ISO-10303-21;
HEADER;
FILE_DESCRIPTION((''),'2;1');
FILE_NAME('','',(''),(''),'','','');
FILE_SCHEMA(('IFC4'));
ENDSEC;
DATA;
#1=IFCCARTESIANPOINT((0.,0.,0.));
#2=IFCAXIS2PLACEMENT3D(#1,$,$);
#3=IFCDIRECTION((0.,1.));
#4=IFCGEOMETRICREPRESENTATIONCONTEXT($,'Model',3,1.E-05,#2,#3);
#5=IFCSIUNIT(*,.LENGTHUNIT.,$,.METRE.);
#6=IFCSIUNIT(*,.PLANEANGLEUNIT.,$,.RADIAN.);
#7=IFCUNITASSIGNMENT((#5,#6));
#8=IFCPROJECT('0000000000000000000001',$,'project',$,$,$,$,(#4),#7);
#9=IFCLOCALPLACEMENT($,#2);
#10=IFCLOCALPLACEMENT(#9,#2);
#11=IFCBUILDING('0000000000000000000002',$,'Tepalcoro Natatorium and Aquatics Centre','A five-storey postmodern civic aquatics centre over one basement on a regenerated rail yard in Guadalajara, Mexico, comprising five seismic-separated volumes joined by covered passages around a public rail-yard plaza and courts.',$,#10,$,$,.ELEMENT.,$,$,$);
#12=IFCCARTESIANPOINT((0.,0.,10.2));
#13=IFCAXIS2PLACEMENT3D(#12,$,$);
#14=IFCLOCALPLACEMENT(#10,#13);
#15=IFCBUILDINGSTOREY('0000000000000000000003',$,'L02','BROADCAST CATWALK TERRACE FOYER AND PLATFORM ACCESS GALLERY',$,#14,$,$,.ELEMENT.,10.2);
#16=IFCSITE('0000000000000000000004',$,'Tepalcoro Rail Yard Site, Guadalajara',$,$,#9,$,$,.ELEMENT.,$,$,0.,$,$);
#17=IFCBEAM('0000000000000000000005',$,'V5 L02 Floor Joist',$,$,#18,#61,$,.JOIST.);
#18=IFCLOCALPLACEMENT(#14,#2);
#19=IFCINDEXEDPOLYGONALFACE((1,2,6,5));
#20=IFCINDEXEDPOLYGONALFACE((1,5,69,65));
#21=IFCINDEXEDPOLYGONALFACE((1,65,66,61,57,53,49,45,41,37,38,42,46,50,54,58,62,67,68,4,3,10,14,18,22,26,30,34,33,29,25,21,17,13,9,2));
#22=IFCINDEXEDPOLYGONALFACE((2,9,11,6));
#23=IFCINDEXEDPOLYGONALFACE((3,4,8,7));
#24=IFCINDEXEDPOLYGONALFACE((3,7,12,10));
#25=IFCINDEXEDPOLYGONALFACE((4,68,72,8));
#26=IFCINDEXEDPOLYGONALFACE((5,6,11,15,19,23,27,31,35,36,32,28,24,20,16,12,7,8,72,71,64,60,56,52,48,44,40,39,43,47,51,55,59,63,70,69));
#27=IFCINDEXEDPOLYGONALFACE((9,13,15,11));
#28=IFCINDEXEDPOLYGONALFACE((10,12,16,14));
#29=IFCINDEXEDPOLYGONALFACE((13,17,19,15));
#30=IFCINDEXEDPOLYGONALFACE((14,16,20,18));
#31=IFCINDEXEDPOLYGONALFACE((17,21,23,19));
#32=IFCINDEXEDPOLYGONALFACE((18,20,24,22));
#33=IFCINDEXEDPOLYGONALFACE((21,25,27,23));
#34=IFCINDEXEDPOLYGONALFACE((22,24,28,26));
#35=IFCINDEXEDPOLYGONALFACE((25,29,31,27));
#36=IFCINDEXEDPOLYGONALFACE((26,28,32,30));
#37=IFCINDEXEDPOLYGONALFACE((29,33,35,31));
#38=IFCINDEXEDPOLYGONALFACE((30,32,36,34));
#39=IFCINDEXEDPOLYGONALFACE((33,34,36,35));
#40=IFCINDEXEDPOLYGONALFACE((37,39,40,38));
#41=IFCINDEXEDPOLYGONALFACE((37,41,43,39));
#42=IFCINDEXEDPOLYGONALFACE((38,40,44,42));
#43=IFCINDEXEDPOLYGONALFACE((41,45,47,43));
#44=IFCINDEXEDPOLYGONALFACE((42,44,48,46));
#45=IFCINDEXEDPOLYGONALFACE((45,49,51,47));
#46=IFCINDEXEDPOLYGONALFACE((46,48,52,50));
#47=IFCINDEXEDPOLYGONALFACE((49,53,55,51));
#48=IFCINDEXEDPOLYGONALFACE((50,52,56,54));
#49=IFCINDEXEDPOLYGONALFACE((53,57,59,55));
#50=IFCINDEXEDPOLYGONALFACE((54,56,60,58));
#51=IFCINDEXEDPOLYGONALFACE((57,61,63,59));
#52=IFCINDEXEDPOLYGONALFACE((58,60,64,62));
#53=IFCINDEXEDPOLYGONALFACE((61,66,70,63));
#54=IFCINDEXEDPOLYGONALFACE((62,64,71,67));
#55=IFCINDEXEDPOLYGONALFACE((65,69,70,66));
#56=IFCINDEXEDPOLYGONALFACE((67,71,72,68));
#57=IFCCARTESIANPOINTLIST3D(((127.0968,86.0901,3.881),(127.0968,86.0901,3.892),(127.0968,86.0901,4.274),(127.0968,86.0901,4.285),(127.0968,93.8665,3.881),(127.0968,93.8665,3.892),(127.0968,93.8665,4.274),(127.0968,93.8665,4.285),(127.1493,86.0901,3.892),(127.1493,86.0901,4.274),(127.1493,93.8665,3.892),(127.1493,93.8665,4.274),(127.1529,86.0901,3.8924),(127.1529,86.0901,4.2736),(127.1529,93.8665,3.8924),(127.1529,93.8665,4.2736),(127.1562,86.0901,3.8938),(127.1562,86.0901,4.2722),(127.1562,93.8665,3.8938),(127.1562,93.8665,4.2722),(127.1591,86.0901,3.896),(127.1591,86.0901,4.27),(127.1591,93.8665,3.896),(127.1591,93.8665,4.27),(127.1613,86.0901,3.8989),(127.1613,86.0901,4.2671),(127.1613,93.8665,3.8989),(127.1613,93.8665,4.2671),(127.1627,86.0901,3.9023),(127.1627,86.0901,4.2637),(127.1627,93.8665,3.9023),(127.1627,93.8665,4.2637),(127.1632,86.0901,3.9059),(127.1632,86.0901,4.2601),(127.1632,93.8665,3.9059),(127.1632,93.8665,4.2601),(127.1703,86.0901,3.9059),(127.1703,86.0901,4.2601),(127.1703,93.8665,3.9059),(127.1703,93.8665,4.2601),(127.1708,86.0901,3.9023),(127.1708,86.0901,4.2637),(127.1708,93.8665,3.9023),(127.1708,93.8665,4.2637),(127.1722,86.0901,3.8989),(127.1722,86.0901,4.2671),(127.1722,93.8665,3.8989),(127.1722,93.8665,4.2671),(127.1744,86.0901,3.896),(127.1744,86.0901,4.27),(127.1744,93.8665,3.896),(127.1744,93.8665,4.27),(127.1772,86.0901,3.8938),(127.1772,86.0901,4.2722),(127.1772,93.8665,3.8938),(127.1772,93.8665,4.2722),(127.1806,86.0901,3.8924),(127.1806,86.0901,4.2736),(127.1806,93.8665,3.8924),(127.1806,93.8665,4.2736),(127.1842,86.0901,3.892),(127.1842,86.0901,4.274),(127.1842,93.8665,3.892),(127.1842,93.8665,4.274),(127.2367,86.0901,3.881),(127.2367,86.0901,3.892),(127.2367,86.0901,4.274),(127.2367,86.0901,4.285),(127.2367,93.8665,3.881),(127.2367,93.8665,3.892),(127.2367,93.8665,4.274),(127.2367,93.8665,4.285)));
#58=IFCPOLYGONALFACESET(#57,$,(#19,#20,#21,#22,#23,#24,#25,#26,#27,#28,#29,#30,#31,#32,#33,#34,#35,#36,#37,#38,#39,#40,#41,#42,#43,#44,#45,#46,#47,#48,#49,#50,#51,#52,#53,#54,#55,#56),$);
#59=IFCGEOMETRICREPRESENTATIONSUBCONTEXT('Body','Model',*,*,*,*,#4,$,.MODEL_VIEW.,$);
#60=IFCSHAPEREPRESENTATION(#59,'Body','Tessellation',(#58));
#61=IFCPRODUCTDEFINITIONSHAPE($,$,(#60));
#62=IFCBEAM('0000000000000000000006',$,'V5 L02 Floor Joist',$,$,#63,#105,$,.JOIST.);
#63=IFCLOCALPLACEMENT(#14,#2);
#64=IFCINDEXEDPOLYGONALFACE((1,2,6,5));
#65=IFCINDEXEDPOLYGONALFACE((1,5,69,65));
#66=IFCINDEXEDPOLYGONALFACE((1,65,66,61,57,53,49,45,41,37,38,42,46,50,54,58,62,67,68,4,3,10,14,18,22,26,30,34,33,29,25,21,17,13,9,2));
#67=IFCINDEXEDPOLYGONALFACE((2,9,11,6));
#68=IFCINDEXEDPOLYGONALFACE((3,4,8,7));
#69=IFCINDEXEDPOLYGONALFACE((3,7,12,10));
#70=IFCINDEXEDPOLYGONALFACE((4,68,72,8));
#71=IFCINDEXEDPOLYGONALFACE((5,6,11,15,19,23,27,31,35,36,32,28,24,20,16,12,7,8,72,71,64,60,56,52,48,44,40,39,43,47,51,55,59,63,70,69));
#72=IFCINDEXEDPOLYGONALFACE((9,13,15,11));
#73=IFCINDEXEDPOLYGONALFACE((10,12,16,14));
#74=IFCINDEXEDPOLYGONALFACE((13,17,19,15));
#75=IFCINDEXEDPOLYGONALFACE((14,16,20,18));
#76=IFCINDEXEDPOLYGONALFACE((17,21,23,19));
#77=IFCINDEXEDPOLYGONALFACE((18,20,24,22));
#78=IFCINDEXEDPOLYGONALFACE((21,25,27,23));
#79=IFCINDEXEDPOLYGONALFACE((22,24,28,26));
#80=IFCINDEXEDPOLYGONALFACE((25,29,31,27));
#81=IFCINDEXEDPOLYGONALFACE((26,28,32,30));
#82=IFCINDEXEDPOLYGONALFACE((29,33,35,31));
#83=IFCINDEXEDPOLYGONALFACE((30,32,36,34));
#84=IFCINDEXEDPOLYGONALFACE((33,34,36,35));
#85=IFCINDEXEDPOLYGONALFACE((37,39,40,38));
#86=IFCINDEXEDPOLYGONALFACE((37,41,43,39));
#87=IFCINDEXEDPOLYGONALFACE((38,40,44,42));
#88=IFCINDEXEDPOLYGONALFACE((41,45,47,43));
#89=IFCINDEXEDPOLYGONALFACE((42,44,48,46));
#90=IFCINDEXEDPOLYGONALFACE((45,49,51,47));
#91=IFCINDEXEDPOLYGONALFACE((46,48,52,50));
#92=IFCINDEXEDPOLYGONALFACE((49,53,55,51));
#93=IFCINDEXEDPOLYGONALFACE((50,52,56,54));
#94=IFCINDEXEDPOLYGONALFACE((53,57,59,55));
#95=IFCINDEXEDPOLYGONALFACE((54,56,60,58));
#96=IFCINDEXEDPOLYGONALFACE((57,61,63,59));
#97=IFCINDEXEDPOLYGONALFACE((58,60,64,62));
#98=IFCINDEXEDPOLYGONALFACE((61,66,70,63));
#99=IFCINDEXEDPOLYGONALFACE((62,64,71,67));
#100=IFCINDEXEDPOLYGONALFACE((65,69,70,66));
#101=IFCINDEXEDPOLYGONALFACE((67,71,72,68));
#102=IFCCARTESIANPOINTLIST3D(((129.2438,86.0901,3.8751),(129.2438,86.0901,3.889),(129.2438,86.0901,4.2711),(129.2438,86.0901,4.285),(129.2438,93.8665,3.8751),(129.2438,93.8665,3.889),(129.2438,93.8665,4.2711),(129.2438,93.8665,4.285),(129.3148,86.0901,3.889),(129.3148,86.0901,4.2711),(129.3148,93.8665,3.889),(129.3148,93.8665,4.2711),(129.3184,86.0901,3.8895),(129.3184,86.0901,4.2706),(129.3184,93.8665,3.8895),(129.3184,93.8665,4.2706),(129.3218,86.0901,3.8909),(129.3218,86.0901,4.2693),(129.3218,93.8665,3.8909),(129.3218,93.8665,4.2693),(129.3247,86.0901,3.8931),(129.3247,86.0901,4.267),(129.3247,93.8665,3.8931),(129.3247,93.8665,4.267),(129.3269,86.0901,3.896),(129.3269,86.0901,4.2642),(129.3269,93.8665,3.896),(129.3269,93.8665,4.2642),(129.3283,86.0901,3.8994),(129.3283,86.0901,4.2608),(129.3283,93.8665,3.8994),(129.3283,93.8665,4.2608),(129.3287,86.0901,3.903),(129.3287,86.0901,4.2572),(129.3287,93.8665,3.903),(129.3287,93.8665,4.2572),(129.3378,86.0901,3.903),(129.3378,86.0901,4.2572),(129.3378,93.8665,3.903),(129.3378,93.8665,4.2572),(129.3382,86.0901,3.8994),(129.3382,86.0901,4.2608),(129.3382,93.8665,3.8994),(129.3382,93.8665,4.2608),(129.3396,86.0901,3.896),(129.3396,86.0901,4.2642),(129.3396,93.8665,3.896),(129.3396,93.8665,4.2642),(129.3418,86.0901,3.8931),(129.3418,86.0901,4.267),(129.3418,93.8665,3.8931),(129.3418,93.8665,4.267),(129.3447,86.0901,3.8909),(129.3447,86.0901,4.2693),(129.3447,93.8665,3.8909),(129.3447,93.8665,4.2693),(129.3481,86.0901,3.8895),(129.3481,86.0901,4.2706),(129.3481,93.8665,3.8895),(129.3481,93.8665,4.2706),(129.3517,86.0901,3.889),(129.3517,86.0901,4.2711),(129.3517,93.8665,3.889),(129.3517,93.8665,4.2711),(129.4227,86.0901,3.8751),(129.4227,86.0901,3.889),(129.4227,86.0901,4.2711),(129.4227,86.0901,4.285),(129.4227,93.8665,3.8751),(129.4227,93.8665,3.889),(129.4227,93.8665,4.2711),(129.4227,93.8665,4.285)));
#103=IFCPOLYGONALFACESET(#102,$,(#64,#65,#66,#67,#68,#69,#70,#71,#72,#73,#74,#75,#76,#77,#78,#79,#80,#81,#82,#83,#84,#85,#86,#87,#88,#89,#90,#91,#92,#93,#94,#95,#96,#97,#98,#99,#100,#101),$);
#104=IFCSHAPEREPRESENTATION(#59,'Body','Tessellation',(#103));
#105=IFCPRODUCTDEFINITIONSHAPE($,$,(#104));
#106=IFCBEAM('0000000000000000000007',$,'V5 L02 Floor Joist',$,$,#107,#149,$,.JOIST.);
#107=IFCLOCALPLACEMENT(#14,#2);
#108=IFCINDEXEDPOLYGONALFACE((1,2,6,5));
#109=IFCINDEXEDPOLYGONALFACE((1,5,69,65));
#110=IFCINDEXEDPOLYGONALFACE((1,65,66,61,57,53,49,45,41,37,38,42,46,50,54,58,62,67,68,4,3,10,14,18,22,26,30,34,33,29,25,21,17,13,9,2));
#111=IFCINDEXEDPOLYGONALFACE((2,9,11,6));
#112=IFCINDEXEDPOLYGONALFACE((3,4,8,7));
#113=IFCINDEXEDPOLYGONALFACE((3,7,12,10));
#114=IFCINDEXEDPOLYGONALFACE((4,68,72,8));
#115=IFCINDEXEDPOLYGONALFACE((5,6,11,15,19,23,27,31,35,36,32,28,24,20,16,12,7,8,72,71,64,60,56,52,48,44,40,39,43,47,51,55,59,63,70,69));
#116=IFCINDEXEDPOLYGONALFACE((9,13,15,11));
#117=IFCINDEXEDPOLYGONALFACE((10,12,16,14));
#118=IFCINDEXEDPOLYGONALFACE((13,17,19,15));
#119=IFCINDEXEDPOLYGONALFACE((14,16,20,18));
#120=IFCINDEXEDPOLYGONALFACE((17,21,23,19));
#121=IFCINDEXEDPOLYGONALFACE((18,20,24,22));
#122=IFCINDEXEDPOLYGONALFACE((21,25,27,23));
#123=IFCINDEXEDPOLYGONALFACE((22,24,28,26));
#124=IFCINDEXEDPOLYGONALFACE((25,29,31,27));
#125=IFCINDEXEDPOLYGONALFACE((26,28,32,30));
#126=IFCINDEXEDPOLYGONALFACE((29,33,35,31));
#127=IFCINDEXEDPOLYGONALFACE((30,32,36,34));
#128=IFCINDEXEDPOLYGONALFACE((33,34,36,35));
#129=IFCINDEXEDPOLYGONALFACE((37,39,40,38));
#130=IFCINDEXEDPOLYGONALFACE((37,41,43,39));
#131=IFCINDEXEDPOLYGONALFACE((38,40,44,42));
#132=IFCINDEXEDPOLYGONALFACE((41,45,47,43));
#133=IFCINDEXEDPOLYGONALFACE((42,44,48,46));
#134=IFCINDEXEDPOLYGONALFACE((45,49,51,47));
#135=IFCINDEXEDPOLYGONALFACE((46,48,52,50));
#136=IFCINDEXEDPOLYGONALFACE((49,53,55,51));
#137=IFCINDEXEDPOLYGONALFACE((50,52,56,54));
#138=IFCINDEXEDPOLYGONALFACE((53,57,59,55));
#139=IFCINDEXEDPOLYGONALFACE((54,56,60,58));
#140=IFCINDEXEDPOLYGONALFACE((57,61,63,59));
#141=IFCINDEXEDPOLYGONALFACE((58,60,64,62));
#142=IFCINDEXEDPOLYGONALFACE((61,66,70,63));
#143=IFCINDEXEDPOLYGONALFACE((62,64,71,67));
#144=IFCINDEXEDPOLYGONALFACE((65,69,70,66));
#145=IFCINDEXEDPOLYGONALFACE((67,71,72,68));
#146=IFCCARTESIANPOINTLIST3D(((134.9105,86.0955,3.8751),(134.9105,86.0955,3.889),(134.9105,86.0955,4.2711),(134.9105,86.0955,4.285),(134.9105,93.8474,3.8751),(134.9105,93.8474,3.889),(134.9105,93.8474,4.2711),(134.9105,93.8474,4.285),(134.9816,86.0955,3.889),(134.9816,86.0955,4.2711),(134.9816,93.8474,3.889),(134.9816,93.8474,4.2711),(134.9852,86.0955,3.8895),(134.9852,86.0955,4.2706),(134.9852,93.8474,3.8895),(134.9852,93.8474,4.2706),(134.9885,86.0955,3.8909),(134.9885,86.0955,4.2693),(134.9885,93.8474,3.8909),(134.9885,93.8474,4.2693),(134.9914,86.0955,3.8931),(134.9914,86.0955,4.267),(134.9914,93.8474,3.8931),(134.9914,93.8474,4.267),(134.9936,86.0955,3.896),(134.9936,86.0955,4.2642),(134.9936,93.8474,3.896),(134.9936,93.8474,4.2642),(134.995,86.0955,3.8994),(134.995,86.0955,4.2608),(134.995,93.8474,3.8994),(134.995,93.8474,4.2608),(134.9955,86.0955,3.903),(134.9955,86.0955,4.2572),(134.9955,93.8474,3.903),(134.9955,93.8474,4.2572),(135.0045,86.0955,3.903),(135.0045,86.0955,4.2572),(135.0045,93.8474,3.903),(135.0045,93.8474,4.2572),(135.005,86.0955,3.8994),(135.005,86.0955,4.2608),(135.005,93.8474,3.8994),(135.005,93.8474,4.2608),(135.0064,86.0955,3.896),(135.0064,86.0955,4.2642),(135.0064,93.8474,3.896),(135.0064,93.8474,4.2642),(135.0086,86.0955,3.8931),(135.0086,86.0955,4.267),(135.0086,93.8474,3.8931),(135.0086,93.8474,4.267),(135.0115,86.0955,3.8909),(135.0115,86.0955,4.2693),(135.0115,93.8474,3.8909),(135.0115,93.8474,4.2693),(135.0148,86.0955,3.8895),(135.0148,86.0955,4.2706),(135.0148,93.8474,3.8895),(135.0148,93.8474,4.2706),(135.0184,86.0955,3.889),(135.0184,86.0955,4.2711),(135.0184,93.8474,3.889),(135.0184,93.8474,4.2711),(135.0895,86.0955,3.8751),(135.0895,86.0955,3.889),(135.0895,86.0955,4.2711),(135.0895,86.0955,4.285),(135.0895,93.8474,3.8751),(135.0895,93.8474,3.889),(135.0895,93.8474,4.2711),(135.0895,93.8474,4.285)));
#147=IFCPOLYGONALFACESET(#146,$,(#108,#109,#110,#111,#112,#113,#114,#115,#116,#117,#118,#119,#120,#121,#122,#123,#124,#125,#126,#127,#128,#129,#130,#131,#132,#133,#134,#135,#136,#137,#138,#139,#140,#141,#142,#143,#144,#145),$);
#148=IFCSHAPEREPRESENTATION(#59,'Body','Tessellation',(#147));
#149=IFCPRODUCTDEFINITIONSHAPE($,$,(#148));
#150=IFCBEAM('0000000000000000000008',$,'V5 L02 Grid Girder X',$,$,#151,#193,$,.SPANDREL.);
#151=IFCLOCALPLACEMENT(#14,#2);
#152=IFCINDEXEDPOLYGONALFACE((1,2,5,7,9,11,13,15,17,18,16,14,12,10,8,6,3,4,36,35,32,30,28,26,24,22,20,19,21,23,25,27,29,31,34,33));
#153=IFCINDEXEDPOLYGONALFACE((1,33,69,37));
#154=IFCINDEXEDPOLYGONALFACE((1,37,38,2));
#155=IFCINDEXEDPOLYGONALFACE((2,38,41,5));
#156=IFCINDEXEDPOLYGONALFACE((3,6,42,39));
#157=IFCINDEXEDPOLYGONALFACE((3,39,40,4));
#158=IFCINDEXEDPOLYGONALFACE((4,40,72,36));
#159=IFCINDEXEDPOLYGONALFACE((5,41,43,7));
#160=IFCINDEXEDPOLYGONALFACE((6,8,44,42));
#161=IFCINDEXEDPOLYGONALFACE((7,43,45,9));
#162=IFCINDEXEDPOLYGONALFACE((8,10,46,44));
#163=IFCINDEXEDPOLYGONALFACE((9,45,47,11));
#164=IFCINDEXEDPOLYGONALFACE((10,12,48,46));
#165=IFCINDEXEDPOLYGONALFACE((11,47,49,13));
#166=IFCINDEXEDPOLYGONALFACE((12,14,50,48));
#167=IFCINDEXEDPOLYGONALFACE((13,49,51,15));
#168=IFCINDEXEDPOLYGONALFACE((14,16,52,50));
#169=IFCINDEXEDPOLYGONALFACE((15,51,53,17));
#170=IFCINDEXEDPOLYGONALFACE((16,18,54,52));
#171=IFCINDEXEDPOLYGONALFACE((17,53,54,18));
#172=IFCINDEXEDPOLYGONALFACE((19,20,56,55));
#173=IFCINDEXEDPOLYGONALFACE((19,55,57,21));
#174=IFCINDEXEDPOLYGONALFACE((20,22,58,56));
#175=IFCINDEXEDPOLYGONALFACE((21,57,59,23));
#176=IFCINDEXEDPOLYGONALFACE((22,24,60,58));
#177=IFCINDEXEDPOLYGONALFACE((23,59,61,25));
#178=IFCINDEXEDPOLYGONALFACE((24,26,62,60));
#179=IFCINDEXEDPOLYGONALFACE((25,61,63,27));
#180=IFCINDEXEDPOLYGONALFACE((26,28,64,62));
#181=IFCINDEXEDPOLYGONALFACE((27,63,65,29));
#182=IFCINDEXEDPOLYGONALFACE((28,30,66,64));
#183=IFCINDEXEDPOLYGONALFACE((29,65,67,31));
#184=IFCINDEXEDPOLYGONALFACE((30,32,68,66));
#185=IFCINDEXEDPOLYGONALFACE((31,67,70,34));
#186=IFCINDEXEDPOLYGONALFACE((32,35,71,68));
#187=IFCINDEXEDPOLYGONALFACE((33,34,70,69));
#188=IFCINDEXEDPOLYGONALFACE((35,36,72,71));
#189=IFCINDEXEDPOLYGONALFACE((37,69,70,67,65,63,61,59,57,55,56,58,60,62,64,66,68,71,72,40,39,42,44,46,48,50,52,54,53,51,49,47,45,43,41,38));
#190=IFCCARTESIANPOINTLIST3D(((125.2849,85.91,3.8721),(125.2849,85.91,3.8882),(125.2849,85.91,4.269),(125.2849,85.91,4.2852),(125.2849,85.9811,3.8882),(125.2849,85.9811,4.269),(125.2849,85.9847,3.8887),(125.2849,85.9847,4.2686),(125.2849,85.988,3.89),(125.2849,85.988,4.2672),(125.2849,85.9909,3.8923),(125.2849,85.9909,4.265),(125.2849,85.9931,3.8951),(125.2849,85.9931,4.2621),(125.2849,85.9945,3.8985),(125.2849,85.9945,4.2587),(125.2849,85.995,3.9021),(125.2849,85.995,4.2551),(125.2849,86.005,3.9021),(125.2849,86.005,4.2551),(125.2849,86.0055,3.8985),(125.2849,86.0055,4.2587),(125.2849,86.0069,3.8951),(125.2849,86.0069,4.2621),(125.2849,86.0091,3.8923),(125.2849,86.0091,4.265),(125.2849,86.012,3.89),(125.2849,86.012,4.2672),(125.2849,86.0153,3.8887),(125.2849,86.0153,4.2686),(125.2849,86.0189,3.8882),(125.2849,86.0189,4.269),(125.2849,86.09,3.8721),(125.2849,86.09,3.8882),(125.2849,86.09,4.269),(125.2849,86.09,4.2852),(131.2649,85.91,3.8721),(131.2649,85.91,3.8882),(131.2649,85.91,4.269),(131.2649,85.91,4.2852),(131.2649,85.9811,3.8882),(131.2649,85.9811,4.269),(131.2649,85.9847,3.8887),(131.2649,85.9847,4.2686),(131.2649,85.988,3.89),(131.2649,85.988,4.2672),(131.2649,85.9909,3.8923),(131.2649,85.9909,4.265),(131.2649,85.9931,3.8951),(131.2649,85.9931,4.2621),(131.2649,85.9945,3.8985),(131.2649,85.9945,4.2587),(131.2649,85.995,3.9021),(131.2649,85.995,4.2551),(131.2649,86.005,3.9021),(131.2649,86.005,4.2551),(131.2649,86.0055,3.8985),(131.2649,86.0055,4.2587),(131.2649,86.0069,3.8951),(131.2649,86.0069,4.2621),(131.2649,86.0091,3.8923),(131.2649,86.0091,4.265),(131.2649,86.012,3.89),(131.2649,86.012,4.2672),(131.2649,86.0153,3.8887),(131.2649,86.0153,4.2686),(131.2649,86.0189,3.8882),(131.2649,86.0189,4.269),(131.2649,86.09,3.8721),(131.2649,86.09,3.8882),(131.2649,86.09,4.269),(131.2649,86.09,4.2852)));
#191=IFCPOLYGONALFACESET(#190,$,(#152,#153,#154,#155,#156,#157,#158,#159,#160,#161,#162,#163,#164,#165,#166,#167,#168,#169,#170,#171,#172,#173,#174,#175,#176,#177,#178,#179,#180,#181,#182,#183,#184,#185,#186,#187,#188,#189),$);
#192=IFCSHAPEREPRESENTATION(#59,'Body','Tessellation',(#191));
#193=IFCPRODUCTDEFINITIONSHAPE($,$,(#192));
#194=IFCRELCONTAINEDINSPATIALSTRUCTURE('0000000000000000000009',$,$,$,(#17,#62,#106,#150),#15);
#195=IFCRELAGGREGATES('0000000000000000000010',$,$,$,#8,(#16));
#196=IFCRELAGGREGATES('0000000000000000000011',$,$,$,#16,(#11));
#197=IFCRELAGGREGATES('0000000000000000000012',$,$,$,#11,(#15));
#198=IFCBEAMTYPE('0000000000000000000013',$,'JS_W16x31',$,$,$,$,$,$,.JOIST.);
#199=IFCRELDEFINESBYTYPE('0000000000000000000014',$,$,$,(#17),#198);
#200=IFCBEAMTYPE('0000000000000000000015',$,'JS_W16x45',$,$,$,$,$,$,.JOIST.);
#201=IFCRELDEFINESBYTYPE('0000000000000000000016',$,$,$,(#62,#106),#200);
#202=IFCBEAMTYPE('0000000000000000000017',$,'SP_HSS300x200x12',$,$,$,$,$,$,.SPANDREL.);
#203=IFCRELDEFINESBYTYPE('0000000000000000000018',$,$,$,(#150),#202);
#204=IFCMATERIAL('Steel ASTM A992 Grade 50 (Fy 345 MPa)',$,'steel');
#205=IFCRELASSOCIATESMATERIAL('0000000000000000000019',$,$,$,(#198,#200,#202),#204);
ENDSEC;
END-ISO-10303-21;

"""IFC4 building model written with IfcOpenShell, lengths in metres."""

from ifc_helpers import new_model, si_unit, direction, frame, origin, origin_2d, place, context, subcontext, project, spatial, i_section, extrude, material, material_profile, profile_set, type_object, element, save


model = new_model("IFC4")

# Units and contexts
model_context = context("Model", 3, precision=1e-05, world=origin(), true_north=direction((0.0, 1.0)))
body_context = subcontext(model_context, "Body", "Model", "MODEL_VIEW")
ifc_project = project(units=[si_unit("LENGTHUNIT", "METRE"), si_unit("PLANEANGLEUNIT", "RADIAN")], contexts=[model_context])

# Site, building, storey
site_placement = place(None, origin())
site = spatial("IfcSite", under=ifc_project, at=site_placement, Name="Tepalcoro Rail Yard Site, Guadalajara", CompositionType="ELEMENT", RefElevation=0.0)
building_placement = place(site_placement, origin())
building = spatial("IfcBuilding", under=site, at=building_placement, Name="Tepalcoro Natatorium and Aquatics Centre", Description="A five-storey postmodern civic aquatics centre over one basement on a regenerated rail yard in Guadalajara, Mexico, comprising five seismic-separated volumes joined by covered passages around a public rail-yard plaza and courts.", CompositionType="ELEMENT")
storey_placement = place(building_placement, frame((0.0, 0.0, 10.2)))
storey = spatial("IfcBuildingStorey", under=building, at=storey_placement, Name="L02", Description="BROADCAST CATWALK TERRACE FOYER AND PLATFORM ACCESS GALLERY", CompositionType="ELEMENT", Elevation=10.2)

# Shared definitions
ifc_material_1 = material(Name="Steel ASTM A992 Grade 50 (Fy 345 MPa)", Category="steel")

# Beams
ifc_material_profile_1 = material_profile(ifc_material_1, i_section(OverallWidth=0.1399, OverallDepth=0.4041, WebThickness=0.0071, FlangeThickness=0.011, FilletRadius=0.0139, at=origin_2d()), Name="W16X31")
ifc_profile_set_1 = profile_set([ifc_material_profile_1], Name="Steel ASTM A992 Grade 50 (Fy 345 MPa)")
beam_type_1 = type_object("IfcBeamType", Name="JS_W16x31", PredefinedType="JOIST", material=ifc_profile_set_1)
beam_1_placement = place(storey_placement, frame((127.1667, 86.0901, 4.083), z_axis=(0.0, 1.0, 0.0), x_axis=(-1.0, 0.0, 0.0)))
element("IfcBeam", 1, at=beam_1_placement, inside=storey, type_object=beam_type_1, Name="V5 L02 Floor Joist", PredefinedType="JOIST", context=body_context, shape_type="SweptSolid", body=[
    extrude(i_section(OverallWidth=0.1399, OverallDepth=0.4041, WebThickness=0.0071, FlangeThickness=0.011, FilletRadius=0.0139, at=origin_2d()), origin(), (0.0, 0.0, 1.0), 7.7764),
])
ifc_material_profile_2 = material_profile(ifc_material_1, i_section(OverallWidth=0.179, OverallDepth=0.4099, WebThickness=0.009, FlangeThickness=0.0139, FilletRadius=0.0139, at=origin_2d()), Name="W16X45")
ifc_profile_set_2 = profile_set([ifc_material_profile_2], Name="Steel ASTM A992 Grade 50 (Fy 345 MPa)")
beam_type_2 = type_object("IfcBeamType", Name="JS_W16x45", PredefinedType="JOIST", material=ifc_profile_set_2)
beam_2_placement = place(storey_placement, frame((129.3333, 86.0901, 4.0801), z_axis=(0.0, 1.0, 0.0), x_axis=(-1.0, 0.0, 0.0)))
element("IfcBeam", 2, at=beam_2_placement, inside=storey, type_object=beam_type_2, Name="V5 L02 Floor Joist", PredefinedType="JOIST", context=body_context, shape_type="SweptSolid", body=[
    extrude(i_section(OverallWidth=0.179, OverallDepth=0.4099, WebThickness=0.009, FlangeThickness=0.0139, FilletRadius=0.0139, at=origin_2d()), origin(), (0.0, 0.0, 1.0), 7.7764),
])
beam_3_placement = place(storey_placement, frame((135.0, 86.0955, 4.0801), z_axis=(0.0, 1.0, 0.0), x_axis=(-1.0, 0.0, 0.0)))
element("IfcBeam", 3, at=beam_3_placement, inside=storey, type_object=beam_type_2, Name="V5 L02 Floor Joist", PredefinedType="JOIST", context=body_context, shape_type="SweptSolid", body=[
    extrude(i_section(OverallWidth=0.179, OverallDepth=0.4099, WebThickness=0.009, FlangeThickness=0.0139, FilletRadius=0.0139, at=origin_2d()), origin(), (0.0, 0.0, 1.0), 7.752),
])
ifc_material_profile_3 = material_profile(ifc_material_1, i_section(OverallWidth=0.1799, OverallDepth=0.4131, WebThickness=0.01, FlangeThickness=0.0161, FilletRadius=0.0139, at=origin_2d()), Name="W16X50")
ifc_profile_set_3 = profile_set([ifc_material_profile_3], Name="Steel ASTM A992 Grade 50 (Fy 345 MPa)")
beam_type_3 = type_object("IfcBeamType", Name="SP_HSS300x200x12", PredefinedType="SPANDREL", material=ifc_profile_set_3)
beam_4_placement = place(storey_placement, frame((125.2849, 86.0, 4.0786), z_axis=(1.0, 0.0, 0.0), x_axis=(0.0, 1.0, 0.0)))
element("IfcBeam", 4, at=beam_4_placement, inside=storey, type_object=beam_type_3, Name="V5 L02 Grid Girder X", PredefinedType="SPANDREL", context=body_context, shape_type="SweptSolid", body=[
    extrude(i_section(OverallWidth=0.1799, OverallDepth=0.4131, WebThickness=0.01, FlangeThickness=0.0161, FilletRadius=0.0139, at=origin_2d()), origin(), (0.0, 0.0, 1.0), 5.98),
])

save(model, "model.ifc")
